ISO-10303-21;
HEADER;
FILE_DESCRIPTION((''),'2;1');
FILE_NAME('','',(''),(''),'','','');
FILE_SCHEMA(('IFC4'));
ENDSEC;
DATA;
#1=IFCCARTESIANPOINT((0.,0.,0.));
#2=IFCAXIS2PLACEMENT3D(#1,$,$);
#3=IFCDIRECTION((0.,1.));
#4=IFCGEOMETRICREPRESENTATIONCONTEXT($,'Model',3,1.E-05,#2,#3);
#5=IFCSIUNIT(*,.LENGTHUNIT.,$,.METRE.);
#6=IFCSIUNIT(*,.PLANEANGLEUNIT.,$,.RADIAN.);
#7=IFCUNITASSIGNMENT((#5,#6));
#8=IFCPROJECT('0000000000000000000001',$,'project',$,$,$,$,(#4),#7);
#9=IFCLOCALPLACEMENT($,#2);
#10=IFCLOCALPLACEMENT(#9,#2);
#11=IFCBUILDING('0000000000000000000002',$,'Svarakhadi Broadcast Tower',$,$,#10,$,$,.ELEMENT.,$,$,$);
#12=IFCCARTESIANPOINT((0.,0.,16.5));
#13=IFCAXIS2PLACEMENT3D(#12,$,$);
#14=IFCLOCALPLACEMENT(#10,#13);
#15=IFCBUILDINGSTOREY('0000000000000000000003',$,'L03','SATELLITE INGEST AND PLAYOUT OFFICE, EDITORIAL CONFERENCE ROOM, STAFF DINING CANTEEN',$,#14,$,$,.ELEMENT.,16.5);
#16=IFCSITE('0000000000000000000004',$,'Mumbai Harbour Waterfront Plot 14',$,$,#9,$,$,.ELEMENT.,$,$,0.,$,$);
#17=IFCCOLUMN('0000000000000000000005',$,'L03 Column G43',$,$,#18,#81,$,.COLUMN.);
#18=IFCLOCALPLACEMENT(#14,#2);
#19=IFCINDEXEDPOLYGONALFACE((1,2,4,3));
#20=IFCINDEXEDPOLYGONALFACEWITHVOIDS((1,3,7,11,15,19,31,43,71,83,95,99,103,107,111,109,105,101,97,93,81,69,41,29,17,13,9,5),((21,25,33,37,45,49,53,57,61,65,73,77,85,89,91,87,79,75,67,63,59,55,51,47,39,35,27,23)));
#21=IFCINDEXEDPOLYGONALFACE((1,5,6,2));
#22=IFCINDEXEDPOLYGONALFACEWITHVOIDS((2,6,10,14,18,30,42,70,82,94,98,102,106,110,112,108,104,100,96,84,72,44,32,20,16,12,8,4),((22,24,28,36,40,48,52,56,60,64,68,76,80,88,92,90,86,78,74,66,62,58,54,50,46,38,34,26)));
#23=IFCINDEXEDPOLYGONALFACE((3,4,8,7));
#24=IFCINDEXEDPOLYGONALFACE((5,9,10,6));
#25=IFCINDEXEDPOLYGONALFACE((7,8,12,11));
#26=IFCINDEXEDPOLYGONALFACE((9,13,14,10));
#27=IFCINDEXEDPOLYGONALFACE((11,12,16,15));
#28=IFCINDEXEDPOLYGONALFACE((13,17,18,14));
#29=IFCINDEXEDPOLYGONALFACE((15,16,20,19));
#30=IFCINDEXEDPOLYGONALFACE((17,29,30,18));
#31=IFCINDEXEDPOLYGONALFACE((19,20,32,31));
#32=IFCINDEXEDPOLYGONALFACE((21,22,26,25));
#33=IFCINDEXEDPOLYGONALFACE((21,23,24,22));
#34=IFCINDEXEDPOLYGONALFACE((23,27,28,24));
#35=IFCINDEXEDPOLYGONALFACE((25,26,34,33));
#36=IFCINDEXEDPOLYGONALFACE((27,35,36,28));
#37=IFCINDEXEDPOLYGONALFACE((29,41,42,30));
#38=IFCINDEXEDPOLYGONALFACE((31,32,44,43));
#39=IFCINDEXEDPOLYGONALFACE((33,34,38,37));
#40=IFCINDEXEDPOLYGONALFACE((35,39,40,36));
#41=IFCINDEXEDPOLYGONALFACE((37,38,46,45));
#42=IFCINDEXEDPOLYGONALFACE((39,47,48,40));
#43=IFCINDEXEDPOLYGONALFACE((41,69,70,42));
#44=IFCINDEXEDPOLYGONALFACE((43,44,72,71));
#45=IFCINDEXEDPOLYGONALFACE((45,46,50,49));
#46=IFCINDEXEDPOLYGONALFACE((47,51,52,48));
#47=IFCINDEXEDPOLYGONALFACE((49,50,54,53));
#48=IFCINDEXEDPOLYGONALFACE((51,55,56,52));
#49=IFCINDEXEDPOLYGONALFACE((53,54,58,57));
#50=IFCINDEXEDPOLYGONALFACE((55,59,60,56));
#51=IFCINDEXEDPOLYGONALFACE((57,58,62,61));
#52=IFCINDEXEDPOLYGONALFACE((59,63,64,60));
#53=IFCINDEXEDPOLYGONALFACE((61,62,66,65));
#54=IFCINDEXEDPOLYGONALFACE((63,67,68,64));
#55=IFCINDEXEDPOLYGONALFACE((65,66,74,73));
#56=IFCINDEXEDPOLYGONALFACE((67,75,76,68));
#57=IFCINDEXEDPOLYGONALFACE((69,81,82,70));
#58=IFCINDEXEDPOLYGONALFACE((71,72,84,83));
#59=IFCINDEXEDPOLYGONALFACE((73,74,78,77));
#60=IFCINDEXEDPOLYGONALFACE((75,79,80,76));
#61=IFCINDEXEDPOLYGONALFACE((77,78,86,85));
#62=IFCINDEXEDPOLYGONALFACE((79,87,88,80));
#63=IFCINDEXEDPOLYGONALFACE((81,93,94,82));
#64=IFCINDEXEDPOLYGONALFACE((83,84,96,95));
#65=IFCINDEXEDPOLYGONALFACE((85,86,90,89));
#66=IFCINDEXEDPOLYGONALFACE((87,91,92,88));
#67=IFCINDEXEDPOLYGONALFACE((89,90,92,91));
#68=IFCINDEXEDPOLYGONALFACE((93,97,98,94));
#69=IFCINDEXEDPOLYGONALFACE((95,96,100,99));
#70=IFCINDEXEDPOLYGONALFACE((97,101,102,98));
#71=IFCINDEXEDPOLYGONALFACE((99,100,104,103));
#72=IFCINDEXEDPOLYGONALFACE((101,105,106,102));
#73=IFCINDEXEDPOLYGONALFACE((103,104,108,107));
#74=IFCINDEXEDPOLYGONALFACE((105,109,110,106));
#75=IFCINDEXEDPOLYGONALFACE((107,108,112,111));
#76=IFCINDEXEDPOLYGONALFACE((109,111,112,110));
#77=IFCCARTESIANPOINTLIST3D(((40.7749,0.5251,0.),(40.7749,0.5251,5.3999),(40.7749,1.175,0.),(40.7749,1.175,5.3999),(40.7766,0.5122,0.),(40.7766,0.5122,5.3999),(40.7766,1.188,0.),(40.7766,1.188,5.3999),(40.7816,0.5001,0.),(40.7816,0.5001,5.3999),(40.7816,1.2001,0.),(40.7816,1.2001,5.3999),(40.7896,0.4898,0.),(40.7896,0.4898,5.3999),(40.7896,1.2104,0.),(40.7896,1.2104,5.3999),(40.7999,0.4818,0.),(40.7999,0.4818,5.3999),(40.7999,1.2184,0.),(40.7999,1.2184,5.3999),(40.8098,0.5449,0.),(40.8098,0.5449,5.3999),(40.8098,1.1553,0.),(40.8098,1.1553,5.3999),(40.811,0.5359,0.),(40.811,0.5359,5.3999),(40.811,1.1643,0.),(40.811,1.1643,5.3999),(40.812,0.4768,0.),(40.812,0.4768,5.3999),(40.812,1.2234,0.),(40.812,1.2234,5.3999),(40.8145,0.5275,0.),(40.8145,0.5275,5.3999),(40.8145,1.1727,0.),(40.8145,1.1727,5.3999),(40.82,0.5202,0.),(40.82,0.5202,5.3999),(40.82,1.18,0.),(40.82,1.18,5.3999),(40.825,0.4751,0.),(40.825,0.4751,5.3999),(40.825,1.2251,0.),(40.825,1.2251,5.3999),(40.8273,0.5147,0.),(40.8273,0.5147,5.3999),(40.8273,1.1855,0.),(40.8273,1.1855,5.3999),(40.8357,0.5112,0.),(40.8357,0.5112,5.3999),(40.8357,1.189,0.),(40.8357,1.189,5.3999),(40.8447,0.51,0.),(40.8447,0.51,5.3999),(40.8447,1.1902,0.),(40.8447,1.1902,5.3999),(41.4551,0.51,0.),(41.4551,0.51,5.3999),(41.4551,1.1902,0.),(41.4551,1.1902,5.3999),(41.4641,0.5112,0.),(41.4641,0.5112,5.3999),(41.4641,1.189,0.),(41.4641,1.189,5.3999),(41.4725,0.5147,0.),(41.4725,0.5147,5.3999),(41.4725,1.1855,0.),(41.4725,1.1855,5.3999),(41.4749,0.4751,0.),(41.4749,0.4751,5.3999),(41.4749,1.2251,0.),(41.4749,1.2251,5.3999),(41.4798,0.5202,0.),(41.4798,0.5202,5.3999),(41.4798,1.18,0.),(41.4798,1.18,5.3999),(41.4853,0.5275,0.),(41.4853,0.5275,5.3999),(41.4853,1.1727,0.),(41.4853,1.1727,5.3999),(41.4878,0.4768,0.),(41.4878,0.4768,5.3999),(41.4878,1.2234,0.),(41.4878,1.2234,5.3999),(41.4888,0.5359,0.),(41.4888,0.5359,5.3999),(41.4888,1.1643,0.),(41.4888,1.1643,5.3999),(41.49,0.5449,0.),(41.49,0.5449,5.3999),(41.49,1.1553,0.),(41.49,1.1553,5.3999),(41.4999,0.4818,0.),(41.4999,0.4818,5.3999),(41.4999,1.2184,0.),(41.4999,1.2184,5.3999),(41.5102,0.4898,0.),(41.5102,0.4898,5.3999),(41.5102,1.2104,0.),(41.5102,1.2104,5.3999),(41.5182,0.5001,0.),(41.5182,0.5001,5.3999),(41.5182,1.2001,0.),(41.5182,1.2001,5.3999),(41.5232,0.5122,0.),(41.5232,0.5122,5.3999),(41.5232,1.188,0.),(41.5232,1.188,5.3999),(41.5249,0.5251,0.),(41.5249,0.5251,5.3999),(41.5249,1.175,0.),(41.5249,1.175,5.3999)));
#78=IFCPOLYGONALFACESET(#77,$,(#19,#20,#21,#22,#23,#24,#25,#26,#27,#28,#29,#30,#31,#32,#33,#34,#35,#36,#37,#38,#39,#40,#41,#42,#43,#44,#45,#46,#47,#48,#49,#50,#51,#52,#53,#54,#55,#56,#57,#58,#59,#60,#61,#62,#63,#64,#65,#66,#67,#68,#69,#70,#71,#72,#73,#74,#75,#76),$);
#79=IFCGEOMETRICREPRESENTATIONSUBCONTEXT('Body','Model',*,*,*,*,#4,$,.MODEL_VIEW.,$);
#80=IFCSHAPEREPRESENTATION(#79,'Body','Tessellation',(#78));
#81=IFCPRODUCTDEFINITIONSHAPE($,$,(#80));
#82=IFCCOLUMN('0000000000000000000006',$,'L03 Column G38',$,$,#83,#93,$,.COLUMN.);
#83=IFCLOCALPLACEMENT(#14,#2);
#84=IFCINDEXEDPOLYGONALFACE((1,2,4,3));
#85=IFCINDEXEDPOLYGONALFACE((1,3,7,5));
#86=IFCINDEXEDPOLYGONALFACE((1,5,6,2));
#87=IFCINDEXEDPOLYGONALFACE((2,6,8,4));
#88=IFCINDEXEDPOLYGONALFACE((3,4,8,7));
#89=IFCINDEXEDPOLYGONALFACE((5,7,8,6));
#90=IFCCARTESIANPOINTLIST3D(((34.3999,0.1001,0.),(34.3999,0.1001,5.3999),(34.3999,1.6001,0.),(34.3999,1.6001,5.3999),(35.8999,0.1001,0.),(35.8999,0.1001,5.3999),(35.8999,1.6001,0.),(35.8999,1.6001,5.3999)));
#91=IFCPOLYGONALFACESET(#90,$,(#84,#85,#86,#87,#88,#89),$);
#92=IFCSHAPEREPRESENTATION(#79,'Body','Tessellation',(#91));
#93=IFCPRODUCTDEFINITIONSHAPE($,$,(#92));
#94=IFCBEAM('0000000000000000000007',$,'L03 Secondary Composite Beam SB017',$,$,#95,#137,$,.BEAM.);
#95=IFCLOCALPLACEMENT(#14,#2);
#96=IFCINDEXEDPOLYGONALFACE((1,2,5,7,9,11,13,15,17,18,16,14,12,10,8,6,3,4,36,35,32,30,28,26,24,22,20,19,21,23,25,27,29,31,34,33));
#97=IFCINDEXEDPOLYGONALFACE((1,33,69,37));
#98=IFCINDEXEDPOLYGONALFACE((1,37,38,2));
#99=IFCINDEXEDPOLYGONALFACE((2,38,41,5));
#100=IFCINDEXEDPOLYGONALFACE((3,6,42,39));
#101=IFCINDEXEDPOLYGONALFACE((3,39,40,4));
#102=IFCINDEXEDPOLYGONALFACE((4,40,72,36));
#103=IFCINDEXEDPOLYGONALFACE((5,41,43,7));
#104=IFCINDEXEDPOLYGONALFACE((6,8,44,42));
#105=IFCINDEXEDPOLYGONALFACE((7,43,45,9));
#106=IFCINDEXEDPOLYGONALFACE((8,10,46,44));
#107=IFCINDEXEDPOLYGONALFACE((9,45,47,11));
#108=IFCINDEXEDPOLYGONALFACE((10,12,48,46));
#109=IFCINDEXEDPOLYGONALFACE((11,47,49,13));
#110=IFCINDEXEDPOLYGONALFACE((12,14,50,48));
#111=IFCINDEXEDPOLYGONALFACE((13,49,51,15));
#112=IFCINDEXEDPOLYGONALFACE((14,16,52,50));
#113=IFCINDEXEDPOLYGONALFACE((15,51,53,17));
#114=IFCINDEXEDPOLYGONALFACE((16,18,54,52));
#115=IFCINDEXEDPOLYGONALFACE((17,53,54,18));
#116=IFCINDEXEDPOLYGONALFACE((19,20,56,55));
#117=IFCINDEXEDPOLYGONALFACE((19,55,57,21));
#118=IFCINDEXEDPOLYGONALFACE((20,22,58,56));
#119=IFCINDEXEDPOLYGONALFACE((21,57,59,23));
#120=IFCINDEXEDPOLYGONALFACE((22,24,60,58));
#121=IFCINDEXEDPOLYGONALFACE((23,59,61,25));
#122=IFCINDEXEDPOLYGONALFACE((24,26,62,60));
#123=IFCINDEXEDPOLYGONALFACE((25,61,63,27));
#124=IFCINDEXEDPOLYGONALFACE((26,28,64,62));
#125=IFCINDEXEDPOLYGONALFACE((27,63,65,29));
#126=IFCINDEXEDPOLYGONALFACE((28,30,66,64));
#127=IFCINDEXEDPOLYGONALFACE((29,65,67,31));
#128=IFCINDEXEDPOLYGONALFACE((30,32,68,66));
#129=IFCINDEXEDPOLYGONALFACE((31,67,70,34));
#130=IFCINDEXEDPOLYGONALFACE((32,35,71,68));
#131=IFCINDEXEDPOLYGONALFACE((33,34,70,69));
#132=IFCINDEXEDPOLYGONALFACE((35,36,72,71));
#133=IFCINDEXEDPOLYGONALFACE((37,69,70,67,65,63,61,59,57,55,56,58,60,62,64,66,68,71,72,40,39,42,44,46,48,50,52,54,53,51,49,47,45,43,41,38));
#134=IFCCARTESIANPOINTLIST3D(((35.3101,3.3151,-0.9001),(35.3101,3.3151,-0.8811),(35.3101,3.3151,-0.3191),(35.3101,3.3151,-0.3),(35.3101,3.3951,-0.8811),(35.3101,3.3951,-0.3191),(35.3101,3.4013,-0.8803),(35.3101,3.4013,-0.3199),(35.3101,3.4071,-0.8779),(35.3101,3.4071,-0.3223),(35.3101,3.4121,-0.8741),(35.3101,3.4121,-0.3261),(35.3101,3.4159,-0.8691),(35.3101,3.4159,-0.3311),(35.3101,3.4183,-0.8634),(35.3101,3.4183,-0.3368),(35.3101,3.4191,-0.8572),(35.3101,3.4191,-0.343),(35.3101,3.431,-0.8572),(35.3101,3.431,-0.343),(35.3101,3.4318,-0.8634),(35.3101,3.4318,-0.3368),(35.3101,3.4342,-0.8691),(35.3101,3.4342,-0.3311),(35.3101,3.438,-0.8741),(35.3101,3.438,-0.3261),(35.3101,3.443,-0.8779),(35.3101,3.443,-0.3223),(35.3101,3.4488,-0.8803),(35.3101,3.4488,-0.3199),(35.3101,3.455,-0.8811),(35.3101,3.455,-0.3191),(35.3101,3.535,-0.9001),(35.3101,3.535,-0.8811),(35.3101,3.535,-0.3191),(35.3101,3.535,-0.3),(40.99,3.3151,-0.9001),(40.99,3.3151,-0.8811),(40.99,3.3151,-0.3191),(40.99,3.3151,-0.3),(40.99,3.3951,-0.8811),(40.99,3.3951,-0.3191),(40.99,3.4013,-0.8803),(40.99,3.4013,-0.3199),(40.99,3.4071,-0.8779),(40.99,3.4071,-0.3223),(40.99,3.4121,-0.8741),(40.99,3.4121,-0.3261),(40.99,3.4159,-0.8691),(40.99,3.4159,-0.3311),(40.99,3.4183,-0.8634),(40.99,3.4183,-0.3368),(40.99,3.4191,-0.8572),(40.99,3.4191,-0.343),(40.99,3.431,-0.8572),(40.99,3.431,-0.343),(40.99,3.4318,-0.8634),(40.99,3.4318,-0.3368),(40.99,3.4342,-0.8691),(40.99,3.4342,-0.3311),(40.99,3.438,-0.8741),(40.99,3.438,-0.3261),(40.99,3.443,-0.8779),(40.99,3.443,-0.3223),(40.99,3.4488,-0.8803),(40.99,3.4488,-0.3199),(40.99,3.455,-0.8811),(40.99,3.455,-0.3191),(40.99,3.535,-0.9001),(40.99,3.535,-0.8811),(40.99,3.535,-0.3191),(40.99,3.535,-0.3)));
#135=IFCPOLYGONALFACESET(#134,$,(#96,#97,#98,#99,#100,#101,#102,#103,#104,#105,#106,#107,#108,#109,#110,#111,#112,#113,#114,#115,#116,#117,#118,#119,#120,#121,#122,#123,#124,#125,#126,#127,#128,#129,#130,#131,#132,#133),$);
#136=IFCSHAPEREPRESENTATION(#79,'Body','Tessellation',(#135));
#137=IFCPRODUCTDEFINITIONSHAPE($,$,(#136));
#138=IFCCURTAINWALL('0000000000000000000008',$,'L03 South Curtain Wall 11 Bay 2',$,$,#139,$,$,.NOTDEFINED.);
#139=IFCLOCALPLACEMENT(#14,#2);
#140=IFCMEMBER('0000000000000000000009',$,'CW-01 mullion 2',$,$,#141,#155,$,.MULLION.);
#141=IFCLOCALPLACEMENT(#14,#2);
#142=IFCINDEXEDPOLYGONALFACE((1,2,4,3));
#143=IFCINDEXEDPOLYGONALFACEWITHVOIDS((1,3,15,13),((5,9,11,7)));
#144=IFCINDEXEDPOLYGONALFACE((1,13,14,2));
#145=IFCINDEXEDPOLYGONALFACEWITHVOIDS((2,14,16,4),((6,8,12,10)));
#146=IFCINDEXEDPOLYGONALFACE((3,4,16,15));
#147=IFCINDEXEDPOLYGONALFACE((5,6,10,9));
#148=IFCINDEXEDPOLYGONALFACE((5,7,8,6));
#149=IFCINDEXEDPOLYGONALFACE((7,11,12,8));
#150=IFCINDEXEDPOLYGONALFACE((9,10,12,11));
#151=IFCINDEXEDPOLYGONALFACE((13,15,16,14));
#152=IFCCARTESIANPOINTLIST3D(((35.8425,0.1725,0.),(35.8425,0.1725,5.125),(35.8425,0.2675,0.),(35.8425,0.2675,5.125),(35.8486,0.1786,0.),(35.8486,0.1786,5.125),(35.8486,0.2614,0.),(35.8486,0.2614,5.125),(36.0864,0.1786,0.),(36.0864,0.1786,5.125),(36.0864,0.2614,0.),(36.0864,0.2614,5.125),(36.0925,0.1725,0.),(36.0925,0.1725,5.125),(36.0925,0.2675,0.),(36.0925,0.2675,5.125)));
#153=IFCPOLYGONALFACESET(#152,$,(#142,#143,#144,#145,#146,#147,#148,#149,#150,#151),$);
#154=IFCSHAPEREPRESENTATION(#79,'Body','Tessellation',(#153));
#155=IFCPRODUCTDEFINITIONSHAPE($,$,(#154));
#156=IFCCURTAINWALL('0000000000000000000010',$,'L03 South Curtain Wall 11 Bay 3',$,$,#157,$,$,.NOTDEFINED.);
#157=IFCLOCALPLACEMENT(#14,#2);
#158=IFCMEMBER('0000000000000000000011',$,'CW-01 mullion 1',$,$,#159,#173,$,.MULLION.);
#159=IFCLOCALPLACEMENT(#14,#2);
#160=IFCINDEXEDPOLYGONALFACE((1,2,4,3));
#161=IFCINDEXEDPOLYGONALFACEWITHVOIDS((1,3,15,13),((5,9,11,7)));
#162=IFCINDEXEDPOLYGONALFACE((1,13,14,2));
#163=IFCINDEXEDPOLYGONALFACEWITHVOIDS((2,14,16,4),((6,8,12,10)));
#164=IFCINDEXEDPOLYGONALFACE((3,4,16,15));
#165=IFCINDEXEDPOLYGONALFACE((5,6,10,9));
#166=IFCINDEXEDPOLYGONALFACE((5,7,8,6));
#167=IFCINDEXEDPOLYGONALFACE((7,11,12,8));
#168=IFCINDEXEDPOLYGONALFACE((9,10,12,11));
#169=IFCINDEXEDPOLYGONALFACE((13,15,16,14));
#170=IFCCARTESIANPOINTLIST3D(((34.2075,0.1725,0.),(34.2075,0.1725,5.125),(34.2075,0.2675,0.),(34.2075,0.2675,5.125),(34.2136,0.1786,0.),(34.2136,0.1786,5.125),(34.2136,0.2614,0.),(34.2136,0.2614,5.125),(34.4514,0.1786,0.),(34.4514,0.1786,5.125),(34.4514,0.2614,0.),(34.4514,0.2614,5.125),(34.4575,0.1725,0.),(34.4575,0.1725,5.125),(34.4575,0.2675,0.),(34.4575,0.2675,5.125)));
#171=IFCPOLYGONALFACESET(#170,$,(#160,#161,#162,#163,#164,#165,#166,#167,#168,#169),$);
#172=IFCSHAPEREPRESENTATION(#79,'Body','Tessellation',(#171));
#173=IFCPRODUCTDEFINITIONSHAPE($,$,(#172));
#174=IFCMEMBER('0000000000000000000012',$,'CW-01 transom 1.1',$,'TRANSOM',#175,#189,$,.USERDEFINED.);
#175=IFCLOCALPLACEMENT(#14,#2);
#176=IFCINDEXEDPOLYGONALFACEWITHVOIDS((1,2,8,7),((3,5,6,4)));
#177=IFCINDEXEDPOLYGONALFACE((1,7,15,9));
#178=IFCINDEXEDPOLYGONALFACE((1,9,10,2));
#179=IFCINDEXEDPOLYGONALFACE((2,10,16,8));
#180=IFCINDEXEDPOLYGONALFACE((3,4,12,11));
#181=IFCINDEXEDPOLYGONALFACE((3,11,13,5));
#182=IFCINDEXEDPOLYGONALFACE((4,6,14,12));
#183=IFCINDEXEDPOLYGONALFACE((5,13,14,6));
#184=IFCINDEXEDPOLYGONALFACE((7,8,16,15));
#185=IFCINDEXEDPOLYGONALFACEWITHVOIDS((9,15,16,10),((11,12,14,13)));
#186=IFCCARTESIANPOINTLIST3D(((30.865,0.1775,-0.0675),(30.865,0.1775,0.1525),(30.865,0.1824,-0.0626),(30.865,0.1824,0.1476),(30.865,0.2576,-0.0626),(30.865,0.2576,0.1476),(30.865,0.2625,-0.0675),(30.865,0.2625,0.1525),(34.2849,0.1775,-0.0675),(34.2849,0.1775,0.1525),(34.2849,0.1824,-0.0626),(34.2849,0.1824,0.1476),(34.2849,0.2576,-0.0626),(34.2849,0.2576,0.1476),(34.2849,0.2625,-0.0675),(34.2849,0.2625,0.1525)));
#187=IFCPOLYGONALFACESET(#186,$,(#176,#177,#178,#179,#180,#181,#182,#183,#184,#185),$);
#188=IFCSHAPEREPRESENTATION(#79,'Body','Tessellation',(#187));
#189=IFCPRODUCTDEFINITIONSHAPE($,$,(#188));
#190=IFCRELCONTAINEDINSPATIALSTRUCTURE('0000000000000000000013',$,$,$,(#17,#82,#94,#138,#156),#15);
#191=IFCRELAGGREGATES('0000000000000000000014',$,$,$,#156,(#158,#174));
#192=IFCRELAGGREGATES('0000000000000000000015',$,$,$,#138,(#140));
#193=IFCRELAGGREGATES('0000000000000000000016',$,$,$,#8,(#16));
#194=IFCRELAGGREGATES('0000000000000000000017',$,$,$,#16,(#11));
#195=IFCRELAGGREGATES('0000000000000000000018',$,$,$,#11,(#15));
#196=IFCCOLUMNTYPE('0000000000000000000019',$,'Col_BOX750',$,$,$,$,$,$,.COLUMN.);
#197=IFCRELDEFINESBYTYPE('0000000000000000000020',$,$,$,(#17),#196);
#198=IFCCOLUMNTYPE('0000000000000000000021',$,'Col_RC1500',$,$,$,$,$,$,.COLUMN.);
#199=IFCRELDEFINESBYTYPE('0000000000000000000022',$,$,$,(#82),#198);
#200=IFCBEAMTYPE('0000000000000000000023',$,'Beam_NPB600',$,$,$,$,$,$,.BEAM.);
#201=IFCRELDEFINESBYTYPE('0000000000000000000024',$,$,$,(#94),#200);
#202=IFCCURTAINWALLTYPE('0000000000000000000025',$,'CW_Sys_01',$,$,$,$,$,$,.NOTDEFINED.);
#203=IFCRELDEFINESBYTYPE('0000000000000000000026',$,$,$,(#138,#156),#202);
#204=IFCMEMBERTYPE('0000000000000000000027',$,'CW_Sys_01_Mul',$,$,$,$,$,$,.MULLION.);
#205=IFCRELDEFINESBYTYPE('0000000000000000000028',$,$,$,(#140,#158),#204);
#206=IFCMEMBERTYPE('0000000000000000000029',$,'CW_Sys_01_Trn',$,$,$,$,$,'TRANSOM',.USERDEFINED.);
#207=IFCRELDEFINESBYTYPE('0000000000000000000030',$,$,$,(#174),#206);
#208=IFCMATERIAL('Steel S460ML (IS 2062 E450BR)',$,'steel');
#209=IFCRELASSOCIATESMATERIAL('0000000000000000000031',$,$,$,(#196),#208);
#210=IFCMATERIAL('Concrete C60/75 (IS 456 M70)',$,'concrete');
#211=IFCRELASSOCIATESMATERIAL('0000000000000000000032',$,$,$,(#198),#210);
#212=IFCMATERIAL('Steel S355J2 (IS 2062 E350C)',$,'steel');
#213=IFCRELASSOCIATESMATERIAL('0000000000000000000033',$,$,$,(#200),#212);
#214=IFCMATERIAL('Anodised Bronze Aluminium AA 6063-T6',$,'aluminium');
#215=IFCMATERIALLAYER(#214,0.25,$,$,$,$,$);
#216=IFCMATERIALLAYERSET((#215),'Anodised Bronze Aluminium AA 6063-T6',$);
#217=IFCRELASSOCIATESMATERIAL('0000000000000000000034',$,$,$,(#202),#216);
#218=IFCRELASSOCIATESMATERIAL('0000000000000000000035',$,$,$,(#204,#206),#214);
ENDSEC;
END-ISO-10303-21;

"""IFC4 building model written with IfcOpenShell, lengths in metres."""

from ifc_helpers import new_model, si_unit, direction, frame, origin, origin_2d, place, context, subcontext, project, spatial, rectangle, hollow_rectangle, i_section, extrude, material, layer, layer_set, material_profile, profile_set, type_object, element, aggregate, save


model = new_model("IFC4")

# Units and contexts
model_context = context("Model", 3, precision=1e-05, world=origin(), true_north=direction((0.0, 1.0)))
body_context = subcontext(model_context, "Body", "Model", "MODEL_VIEW")
ifc_project = project(units=[si_unit("LENGTHUNIT", "METRE"), si_unit("PLANEANGLEUNIT", "RADIAN")], contexts=[model_context])

# Site, building, storey
site_placement = place(None, origin())
site = spatial("IfcSite", under=ifc_project, at=site_placement, Name="Mumbai Harbour Waterfront Plot 14", CompositionType="ELEMENT", RefElevation=0.0)
building_placement = place(site_placement, origin())
building = spatial("IfcBuilding", under=site, at=building_placement, Name="Svarakhadi Broadcast Tower", CompositionType="ELEMENT")
storey_placement = place(building_placement, frame((0.0, 0.0, 16.5)))
storey = spatial("IfcBuildingStorey", under=building, at=storey_placement, Name="L03", Description="SATELLITE INGEST AND PLAYOUT OFFICE, EDITORIAL CONFERENCE ROOM, STAFF DINING CANTEEN", CompositionType="ELEMENT", Elevation=16.5)

# Columns
ifc_material_1 = material(Name="Steel S460ML (IS 2062 E450BR)", Category="steel")
ifc_material_profile_1 = material_profile(ifc_material_1, hollow_rectangle(XDim=0.75, YDim=0.75, WallThickness=0.0349, InnerFilletRadius=0.0349, OuterFilletRadius=0.05, at=origin_2d()), Name="BOX 750x750x35")
ifc_profile_set_1 = profile_set([ifc_material_profile_1], Name="Steel S460ML (IS 2062 E450BR)")
column_type_1 = type_object("IfcColumnType", Name="Col_BOX750", PredefinedType="COLUMN", material=ifc_profile_set_1)
column_1_placement = place(storey_placement, frame((41.1499, 0.8501, 0.0), z_axis=(0.0, 0.0, 1.0), x_axis=(1.0, 0.0, 0.0)))
element("IfcColumn", 1, at=column_1_placement, inside=storey, type_object=column_type_1, Name="L03 Column G43", PredefinedType="COLUMN", context=body_context, shape_type="SweptSolid", body=[
    extrude(hollow_rectangle(XDim=0.75, YDim=0.75, WallThickness=0.0349, InnerFilletRadius=0.0349, OuterFilletRadius=0.05, at=origin_2d()), origin(), (0.0, 0.0, 1.0), 5.3999),
])
ifc_material_2 = material(Name="Concrete C60/75 (IS 456 M70)", Category="concrete")
ifc_material_profile_2 = material_profile(ifc_material_2, rectangle(XDim=1.5, YDim=1.5, at=origin_2d()), Name="RC 1500x1500")
ifc_profile_set_2 = profile_set([ifc_material_profile_2], Name="Concrete C60/75 (IS 456 M70)")
column_type_2 = type_object("IfcColumnType", Name="Col_RC1500", PredefinedType="COLUMN", material=ifc_profile_set_2)
column_2_placement = place(storey_placement, frame((35.1499, 0.8501, 0.0), z_axis=(0.0, 0.0, 1.0), x_axis=(1.0, 0.0, 0.0)))
element("IfcColumn", 2, at=column_2_placement, inside=storey, type_object=column_type_2, Name="L03 Column G38", PredefinedType="COLUMN", context=body_context, shape_type="SweptSolid", body=[
    extrude(rectangle(XDim=1.5, YDim=1.5, at=origin_2d()), origin(), (0.0, 0.0, 1.0), 5.3999),
])

# Beam
ifc_material_3 = material(Name="Steel S355J2 (IS 2062 E350C)", Category="steel")
ifc_material_profile_3 = material_profile(ifc_material_3, i_section(OverallWidth=0.22, OverallDepth=0.6001, WebThickness=0.012, FlangeThickness=0.019, FilletRadius=0.0239, at=origin_2d()), Name="NPB 600x220x122")
ifc_profile_set_3 = profile_set([ifc_material_profile_3], Name="Steel S355J2 (IS 2062 E350C)")
beam_type_1 = type_object("IfcBeamType", Name="Beam_NPB600", PredefinedType="BEAM", material=ifc_profile_set_3)
beam_1_placement = place(storey_placement, frame((35.3101, 3.425, -0.6001), z_axis=(1.0, 0.0, 0.0), x_axis=(0.0, 1.0, 0.0)))
element("IfcBeam", 3, at=beam_1_placement, inside=storey, type_object=beam_type_1, Name="L03 Secondary Composite Beam SB017", PredefinedType="BEAM", context=body_context, shape_type="SweptSolid", body=[
    extrude(i_section(OverallWidth=0.22, OverallDepth=0.6001, WebThickness=0.012, FlangeThickness=0.019, FilletRadius=0.0239, at=origin_2d()), origin(), (0.0, 0.0, 1.0), 5.6799),
])

# Curtain wall, member
ifc_material_4 = material(Name="Anodised Bronze Aluminium AA 6063-T6", Category="aluminium")
ifc_layer_1 = layer(ifc_material_4, 0.25)
ifc_layer_set_1 = layer_set([ifc_layer_1], Name="Anodised Bronze Aluminium AA 6063-T6")
curtain_wall_type = type_object("IfcCurtainWallType", Name="CW_Sys_01", PredefinedType="NOTDEFINED", material=ifc_layer_set_1)
curtain_wall_1_placement = place(storey_placement, origin())
curtain_wall_1 = element("IfcCurtainWall", 4, at=curtain_wall_1_placement, inside=storey, type_object=curtain_wall_type, Name="L03 South Curtain Wall 11 Bay 2", PredefinedType="NOTDEFINED")
ifc_material_profile_4 = material_profile(ifc_material_4, hollow_rectangle(XDim=0.095, YDim=0.25, WallThickness=0.0061, at=origin_2d()), Name="ALU MULLION 250x95x6")
ifc_profile_set_4 = profile_set([ifc_material_profile_4], Name="Anodised Bronze Aluminium AA 6063-T6")
member_type_1 = type_object("IfcMemberType", Name="CW_Sys_01_Mul", PredefinedType="MULLION", material=ifc_profile_set_4)
member_1_placement = place(storey_placement, frame((35.9675, 0.22, 0.0), z_axis=(0.0, 0.0, 1.0), x_axis=(0.0, -1.0, 0.0)))
member_1 = element("IfcMember", 5, at=member_1_placement, type_object=member_type_1, Name="CW-01 mullion 2", PredefinedType="MULLION", context=body_context, shape_type="SweptSolid", body=[
    extrude(hollow_rectangle(XDim=0.095, YDim=0.25, WallThickness=0.0061, at=origin_2d()), origin(), (0.0, 0.0, 1.0), 5.125),
])

# Curtain wall, members
curtain_wall_2_placement = place(storey_placement, origin())
curtain_wall_2 = element("IfcCurtainWall", 6, at=curtain_wall_2_placement, inside=storey, type_object=curtain_wall_type, Name="L03 South Curtain Wall 11 Bay 3", PredefinedType="NOTDEFINED")
member_2_placement = place(storey_placement, frame((34.3325, 0.22, 0.0), z_axis=(0.0, 0.0, 1.0), x_axis=(0.0, -1.0, 0.0)))
member_2 = element("IfcMember", 7, at=member_2_placement, type_object=member_type_1, Name="CW-01 mullion 1", PredefinedType="MULLION", context=body_context, shape_type="SweptSolid", body=[
    extrude(hollow_rectangle(XDim=0.095, YDim=0.25, WallThickness=0.0061, at=origin_2d()), origin(), (0.0, 0.0, 1.0), 5.125),
])
ifc_material_profile_5 = material_profile(ifc_material_4, hollow_rectangle(XDim=0.085, YDim=0.22, WallThickness=0.0049, at=origin_2d()), Name="ALU TRANSOM 220x85x5")
ifc_profile_set_5 = profile_set([ifc_material_profile_5], Name="Anodised Bronze Aluminium AA 6063-T6")
member_type_2 = type_object("IfcMemberType", Name="CW_Sys_01_Trn", ElementType="TRANSOM", PredefinedType="USERDEFINED", material=ifc_profile_set_5)
member_3_placement = place(storey_placement, frame((34.2849, 0.22, 0.0425), z_axis=(-1.0, 0.0, 0.0), x_axis=(0.0, -1.0, 0.0)))
member_3 = element("IfcMember", 8, at=member_3_placement, type_object=member_type_2, Name="CW-01 transom 1.1", ObjectType="TRANSOM", PredefinedType="USERDEFINED", context=body_context, shape_type="SweptSolid", body=[
    extrude(hollow_rectangle(XDim=0.085, YDim=0.22, WallThickness=0.0049, at=origin_2d()), origin(), (0.0, 0.0, 1.0), 3.4199),
])
aggregate(curtain_wall_2, [member_2, member_3])

aggregate(curtain_wall_1, [member_1])

save(model, "model.ifc")
